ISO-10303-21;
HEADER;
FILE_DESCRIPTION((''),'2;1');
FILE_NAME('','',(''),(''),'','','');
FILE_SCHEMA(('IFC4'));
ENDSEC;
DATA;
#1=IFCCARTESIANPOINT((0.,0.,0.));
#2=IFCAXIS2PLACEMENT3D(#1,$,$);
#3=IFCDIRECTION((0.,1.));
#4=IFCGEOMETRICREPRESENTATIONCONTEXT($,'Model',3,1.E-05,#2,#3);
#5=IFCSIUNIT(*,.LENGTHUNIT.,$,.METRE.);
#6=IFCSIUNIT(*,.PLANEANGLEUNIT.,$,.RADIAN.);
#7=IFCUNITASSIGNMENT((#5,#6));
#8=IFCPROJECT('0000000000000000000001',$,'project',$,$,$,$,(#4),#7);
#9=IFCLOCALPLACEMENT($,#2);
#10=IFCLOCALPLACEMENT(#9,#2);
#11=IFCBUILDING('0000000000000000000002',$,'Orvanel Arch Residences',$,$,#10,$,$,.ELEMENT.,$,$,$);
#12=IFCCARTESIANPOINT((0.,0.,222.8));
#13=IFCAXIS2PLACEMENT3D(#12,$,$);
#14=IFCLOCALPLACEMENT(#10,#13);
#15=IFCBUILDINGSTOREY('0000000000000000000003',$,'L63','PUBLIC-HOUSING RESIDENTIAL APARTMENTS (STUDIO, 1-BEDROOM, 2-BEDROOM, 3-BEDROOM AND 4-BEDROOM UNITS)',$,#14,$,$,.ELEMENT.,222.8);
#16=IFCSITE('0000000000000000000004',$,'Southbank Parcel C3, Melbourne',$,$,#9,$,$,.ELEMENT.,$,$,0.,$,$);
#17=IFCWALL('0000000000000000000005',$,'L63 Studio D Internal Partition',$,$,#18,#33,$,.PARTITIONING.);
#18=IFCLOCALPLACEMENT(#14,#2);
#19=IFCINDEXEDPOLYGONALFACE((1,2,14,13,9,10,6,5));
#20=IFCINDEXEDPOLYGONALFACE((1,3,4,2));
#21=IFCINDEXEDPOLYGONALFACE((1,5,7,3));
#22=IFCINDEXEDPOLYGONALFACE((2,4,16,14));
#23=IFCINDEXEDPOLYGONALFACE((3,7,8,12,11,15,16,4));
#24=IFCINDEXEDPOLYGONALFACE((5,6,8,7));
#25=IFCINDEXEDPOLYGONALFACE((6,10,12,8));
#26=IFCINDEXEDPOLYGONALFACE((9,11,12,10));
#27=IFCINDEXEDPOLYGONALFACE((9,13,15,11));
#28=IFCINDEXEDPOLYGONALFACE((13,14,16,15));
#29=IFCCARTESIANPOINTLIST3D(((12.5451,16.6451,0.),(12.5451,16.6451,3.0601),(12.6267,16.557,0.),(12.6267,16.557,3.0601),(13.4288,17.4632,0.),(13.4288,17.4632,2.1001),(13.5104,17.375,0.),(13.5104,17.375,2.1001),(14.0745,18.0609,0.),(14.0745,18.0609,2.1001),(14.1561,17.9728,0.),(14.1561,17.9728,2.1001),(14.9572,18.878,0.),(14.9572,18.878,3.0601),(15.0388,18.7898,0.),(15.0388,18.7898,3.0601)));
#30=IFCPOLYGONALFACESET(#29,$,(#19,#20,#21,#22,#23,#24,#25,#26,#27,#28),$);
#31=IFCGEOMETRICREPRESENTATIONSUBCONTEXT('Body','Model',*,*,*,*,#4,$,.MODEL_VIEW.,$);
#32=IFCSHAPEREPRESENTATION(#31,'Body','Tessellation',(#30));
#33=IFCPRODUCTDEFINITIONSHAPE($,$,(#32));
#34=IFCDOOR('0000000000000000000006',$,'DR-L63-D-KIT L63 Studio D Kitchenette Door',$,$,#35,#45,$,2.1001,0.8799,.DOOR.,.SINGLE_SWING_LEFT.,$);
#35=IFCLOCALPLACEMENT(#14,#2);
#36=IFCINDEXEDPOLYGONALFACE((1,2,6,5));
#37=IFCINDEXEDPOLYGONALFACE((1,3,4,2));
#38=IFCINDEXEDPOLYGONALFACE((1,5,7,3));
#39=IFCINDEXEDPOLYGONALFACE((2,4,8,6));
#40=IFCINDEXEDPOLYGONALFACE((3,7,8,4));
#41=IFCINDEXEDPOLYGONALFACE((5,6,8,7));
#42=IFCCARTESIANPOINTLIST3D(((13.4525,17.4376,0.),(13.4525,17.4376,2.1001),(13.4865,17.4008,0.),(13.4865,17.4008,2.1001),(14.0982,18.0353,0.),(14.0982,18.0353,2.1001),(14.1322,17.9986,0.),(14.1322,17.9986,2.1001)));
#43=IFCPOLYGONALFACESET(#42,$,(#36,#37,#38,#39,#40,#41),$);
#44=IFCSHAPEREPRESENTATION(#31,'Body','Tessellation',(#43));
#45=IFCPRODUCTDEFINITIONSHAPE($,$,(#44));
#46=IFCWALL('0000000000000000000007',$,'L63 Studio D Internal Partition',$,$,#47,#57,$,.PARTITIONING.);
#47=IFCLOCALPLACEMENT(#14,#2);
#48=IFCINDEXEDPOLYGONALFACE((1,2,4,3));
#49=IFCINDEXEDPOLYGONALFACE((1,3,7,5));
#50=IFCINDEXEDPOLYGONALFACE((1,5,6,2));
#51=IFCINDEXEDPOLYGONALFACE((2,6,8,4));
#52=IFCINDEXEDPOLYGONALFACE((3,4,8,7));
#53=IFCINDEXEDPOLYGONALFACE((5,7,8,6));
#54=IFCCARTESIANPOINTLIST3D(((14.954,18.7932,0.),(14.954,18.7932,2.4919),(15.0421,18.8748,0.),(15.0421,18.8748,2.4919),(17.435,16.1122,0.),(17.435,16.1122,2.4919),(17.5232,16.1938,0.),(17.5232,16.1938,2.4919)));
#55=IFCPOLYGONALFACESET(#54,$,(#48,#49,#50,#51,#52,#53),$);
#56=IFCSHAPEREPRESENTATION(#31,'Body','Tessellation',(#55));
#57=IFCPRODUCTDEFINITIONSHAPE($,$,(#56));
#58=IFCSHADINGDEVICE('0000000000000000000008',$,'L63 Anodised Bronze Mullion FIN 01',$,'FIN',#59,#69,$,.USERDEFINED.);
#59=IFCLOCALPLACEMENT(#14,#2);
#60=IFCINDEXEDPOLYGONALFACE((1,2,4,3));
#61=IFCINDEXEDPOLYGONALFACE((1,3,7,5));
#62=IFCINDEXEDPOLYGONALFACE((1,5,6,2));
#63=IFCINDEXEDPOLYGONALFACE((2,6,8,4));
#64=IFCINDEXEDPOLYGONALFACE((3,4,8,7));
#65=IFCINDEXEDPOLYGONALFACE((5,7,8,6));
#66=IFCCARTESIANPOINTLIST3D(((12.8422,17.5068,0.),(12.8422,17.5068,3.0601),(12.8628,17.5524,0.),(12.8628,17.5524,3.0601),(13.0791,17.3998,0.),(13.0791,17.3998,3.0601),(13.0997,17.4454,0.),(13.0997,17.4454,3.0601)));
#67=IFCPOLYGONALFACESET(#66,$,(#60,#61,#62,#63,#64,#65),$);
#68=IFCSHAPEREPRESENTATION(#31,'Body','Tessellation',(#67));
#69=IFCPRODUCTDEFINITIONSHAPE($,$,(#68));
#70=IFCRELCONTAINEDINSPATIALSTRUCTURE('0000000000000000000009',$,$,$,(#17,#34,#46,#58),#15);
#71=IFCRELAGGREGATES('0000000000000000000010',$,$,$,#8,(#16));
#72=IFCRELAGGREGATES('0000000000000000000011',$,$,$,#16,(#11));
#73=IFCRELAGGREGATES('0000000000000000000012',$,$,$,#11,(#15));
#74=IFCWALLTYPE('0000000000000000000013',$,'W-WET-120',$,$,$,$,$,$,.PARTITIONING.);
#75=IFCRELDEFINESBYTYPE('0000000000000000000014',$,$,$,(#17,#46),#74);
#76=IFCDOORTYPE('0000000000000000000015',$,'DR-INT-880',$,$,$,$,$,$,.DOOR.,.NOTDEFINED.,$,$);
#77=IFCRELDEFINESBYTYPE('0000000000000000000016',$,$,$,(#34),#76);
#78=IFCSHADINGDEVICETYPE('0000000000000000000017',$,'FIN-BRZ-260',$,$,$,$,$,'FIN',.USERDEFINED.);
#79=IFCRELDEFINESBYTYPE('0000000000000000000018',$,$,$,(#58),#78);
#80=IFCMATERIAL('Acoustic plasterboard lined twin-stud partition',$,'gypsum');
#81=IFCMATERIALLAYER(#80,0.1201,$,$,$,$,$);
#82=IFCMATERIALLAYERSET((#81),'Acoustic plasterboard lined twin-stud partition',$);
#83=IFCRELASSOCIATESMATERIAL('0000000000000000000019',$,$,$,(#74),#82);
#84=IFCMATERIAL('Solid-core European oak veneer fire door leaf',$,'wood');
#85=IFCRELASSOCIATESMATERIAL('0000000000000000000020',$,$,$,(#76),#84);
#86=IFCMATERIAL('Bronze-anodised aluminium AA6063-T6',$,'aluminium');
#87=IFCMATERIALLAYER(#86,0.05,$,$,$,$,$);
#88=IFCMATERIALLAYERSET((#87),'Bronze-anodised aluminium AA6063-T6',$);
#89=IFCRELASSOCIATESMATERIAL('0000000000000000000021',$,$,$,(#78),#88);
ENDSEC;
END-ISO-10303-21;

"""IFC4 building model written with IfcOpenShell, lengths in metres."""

from ifc_helpers import new_model, si_unit, direction, frame, frame_2d, origin, origin_2d, place, context, subcontext, project, spatial, rectangle, extrude, material, layer, layer_set, type_object, element, fill, save


model = new_model("IFC4")

# Units and contexts
model_context = context("Model", 3, precision=1e-05, world=origin(), true_north=direction((0.0, 1.0)))
body_context = subcontext(model_context, "Body", "Model", "MODEL_VIEW")
ifc_project = project(units=[si_unit("LENGTHUNIT", "METRE"), si_unit("PLANEANGLEUNIT", "RADIAN")], contexts=[model_context])

# Site, building, storey
site_placement = place(None, origin())
site = spatial("IfcSite", under=ifc_project, at=site_placement, Name="Southbank Parcel C3, Melbourne", CompositionType="ELEMENT", RefElevation=0.0)
building_placement = place(site_placement, origin())
building = spatial("IfcBuilding", under=site, at=building_placement, Name="Orvanel Arch Residences", CompositionType="ELEMENT")
storey_placement = place(building_placement, frame((0.0, 0.0, 222.8)))
storey = spatial("IfcBuildingStorey", under=building, at=storey_placement, Name="L63", Description="PUBLIC-HOUSING RESIDENTIAL APARTMENTS (STUDIO, 1-BEDROOM, 2-BEDROOM, 3-BEDROOM AND 4-BEDROOM UNITS)", CompositionType="ELEMENT", Elevation=222.8)

# Shared definitions
ifc_material_1 = material(Name="Bronze-anodised aluminium AA6063-T6", Category="aluminium")

# Wall, opening, door
ifc_material_2 = material(Name="Acoustic plasterboard lined twin-stud partition", Category="gypsum")
ifc_layer_1 = layer(ifc_material_2, 0.1201)
ifc_layer_set_1 = layer_set([ifc_layer_1], Name="Acoustic plasterboard lined twin-stud partition")
wall_type_1 = type_object("IfcWallType", Name="W-WET-120", PredefinedType="PARTITIONING", material=ifc_layer_set_1)
wall_1_placement = place(storey_placement, frame((14.998, 18.834, 0.0), z_axis=(0.0, 0.0, 1.0), x_axis=(-0.73384, -0.679322, 0.0)))
wall_1 = element("IfcWall", 1, at=wall_1_placement, inside=storey, type_object=wall_type_1, Name="L63 Studio D Internal Partition", PredefinedType="PARTITIONING", context=body_context, shape_type="SweptSolid", body=[
    extrude(rectangle(XDim=3.2869, YDim=0.1201, at=frame_2d((1.6436, 0.0))), origin(), (0.0, 0.0, 1.0), 3.0601),
])
opening_placement = place(wall_1_placement, frame((1.2029, 0.0, 0.0)))
opening = element("IfcOpeningElement", 2, at=opening_placement, cuts=wall_1, PredefinedType="OPENING", context=body_context, shape_type="SweptSolid", body=[
    extrude(rectangle(XDim=0.8799, YDim=2.1001, at=frame_2d((0.4399, 1.05))), frame((0.0, 0.0701, 0.0), z_axis=(0.0, -1.0, 0.0), x_axis=(1.0, 0.0, 0.0)), (0.0, 0.0, 1.0), 0.1401),
])
ifc_material_3 = material(Name="Solid-core European oak veneer fire door leaf", Category="wood")
door_type = type_object("IfcDoorType", Name="DR-INT-880", OperationType="NOTDEFINED", PredefinedType="DOOR", material=ifc_material_3)
door_placement = place(opening_placement, origin())
door = element("IfcDoor", 3, at=door_placement, inside=storey, type_object=door_type, Name="DR-L63-D-KIT L63 Studio D Kitchenette Door", OperationType="SINGLE_SWING_LEFT", OverallHeight=2.1001, OverallWidth=0.8799, PredefinedType="DOOR", context=body_context, shape_type="SweptSolid", body=[
    extrude(rectangle(XDim=0.8799, YDim=2.1001, at=frame_2d((0.4399, 1.05))), frame((0.0, 0.0249, 0.0), z_axis=(0.0, -1.0, 0.0), x_axis=(1.0, 0.0, 0.0)), (0.0, 0.0, 1.0), 0.05),
])
fill(opening, door)

# Wall
wall_2_placement = place(storey_placement, frame((14.998, 18.834, 0.0), z_axis=(0.0, 0.0, 1.0), x_axis=(0.679207, -0.733947, 0.0)))
element("IfcWall", 4, at=wall_2_placement, inside=storey, type_object=wall_type_1, Name="L63 Studio D Internal Partition", PredefinedType="PARTITIONING", context=body_context, shape_type="SweptSolid", body=[
    extrude(rectangle(XDim=3.6528, YDim=0.1201, at=frame_2d((1.8264, 0.0))), origin(), (0.0, 0.0, 1.0), 2.4919),
])

# Shading device
ifc_layer_2 = layer(ifc_material_1, 0.05)
ifc_layer_set_2 = layer_set([ifc_layer_2], Name="Bronze-anodised aluminium AA6063-T6")
shading_device_type = type_object("IfcShadingDeviceType", Name="FIN-BRZ-260", ElementType="FIN", PredefinedType="USERDEFINED", material=ifc_layer_set_2)
shading_device_placement = place(storey_placement, frame((12.9709, 17.4761, 0.0), z_axis=(0.0, 0.0, 1.0), x_axis=(-0.911403, 0.411514, 0.0)))
element("IfcShadingDevice", 5, at=shading_device_placement, inside=storey, type_object=shading_device_type, Name="L63 Anodised Bronze Mullion FIN 01", ObjectType="FIN", PredefinedType="USERDEFINED", context=body_context, shape_type="SweptSolid", body=[
    extrude(rectangle(XDim=0.26, YDim=0.05, at=origin_2d()), origin(), (0.0, 0.0, 1.0), 3.0601),
])

save(model, "model.ifc")
